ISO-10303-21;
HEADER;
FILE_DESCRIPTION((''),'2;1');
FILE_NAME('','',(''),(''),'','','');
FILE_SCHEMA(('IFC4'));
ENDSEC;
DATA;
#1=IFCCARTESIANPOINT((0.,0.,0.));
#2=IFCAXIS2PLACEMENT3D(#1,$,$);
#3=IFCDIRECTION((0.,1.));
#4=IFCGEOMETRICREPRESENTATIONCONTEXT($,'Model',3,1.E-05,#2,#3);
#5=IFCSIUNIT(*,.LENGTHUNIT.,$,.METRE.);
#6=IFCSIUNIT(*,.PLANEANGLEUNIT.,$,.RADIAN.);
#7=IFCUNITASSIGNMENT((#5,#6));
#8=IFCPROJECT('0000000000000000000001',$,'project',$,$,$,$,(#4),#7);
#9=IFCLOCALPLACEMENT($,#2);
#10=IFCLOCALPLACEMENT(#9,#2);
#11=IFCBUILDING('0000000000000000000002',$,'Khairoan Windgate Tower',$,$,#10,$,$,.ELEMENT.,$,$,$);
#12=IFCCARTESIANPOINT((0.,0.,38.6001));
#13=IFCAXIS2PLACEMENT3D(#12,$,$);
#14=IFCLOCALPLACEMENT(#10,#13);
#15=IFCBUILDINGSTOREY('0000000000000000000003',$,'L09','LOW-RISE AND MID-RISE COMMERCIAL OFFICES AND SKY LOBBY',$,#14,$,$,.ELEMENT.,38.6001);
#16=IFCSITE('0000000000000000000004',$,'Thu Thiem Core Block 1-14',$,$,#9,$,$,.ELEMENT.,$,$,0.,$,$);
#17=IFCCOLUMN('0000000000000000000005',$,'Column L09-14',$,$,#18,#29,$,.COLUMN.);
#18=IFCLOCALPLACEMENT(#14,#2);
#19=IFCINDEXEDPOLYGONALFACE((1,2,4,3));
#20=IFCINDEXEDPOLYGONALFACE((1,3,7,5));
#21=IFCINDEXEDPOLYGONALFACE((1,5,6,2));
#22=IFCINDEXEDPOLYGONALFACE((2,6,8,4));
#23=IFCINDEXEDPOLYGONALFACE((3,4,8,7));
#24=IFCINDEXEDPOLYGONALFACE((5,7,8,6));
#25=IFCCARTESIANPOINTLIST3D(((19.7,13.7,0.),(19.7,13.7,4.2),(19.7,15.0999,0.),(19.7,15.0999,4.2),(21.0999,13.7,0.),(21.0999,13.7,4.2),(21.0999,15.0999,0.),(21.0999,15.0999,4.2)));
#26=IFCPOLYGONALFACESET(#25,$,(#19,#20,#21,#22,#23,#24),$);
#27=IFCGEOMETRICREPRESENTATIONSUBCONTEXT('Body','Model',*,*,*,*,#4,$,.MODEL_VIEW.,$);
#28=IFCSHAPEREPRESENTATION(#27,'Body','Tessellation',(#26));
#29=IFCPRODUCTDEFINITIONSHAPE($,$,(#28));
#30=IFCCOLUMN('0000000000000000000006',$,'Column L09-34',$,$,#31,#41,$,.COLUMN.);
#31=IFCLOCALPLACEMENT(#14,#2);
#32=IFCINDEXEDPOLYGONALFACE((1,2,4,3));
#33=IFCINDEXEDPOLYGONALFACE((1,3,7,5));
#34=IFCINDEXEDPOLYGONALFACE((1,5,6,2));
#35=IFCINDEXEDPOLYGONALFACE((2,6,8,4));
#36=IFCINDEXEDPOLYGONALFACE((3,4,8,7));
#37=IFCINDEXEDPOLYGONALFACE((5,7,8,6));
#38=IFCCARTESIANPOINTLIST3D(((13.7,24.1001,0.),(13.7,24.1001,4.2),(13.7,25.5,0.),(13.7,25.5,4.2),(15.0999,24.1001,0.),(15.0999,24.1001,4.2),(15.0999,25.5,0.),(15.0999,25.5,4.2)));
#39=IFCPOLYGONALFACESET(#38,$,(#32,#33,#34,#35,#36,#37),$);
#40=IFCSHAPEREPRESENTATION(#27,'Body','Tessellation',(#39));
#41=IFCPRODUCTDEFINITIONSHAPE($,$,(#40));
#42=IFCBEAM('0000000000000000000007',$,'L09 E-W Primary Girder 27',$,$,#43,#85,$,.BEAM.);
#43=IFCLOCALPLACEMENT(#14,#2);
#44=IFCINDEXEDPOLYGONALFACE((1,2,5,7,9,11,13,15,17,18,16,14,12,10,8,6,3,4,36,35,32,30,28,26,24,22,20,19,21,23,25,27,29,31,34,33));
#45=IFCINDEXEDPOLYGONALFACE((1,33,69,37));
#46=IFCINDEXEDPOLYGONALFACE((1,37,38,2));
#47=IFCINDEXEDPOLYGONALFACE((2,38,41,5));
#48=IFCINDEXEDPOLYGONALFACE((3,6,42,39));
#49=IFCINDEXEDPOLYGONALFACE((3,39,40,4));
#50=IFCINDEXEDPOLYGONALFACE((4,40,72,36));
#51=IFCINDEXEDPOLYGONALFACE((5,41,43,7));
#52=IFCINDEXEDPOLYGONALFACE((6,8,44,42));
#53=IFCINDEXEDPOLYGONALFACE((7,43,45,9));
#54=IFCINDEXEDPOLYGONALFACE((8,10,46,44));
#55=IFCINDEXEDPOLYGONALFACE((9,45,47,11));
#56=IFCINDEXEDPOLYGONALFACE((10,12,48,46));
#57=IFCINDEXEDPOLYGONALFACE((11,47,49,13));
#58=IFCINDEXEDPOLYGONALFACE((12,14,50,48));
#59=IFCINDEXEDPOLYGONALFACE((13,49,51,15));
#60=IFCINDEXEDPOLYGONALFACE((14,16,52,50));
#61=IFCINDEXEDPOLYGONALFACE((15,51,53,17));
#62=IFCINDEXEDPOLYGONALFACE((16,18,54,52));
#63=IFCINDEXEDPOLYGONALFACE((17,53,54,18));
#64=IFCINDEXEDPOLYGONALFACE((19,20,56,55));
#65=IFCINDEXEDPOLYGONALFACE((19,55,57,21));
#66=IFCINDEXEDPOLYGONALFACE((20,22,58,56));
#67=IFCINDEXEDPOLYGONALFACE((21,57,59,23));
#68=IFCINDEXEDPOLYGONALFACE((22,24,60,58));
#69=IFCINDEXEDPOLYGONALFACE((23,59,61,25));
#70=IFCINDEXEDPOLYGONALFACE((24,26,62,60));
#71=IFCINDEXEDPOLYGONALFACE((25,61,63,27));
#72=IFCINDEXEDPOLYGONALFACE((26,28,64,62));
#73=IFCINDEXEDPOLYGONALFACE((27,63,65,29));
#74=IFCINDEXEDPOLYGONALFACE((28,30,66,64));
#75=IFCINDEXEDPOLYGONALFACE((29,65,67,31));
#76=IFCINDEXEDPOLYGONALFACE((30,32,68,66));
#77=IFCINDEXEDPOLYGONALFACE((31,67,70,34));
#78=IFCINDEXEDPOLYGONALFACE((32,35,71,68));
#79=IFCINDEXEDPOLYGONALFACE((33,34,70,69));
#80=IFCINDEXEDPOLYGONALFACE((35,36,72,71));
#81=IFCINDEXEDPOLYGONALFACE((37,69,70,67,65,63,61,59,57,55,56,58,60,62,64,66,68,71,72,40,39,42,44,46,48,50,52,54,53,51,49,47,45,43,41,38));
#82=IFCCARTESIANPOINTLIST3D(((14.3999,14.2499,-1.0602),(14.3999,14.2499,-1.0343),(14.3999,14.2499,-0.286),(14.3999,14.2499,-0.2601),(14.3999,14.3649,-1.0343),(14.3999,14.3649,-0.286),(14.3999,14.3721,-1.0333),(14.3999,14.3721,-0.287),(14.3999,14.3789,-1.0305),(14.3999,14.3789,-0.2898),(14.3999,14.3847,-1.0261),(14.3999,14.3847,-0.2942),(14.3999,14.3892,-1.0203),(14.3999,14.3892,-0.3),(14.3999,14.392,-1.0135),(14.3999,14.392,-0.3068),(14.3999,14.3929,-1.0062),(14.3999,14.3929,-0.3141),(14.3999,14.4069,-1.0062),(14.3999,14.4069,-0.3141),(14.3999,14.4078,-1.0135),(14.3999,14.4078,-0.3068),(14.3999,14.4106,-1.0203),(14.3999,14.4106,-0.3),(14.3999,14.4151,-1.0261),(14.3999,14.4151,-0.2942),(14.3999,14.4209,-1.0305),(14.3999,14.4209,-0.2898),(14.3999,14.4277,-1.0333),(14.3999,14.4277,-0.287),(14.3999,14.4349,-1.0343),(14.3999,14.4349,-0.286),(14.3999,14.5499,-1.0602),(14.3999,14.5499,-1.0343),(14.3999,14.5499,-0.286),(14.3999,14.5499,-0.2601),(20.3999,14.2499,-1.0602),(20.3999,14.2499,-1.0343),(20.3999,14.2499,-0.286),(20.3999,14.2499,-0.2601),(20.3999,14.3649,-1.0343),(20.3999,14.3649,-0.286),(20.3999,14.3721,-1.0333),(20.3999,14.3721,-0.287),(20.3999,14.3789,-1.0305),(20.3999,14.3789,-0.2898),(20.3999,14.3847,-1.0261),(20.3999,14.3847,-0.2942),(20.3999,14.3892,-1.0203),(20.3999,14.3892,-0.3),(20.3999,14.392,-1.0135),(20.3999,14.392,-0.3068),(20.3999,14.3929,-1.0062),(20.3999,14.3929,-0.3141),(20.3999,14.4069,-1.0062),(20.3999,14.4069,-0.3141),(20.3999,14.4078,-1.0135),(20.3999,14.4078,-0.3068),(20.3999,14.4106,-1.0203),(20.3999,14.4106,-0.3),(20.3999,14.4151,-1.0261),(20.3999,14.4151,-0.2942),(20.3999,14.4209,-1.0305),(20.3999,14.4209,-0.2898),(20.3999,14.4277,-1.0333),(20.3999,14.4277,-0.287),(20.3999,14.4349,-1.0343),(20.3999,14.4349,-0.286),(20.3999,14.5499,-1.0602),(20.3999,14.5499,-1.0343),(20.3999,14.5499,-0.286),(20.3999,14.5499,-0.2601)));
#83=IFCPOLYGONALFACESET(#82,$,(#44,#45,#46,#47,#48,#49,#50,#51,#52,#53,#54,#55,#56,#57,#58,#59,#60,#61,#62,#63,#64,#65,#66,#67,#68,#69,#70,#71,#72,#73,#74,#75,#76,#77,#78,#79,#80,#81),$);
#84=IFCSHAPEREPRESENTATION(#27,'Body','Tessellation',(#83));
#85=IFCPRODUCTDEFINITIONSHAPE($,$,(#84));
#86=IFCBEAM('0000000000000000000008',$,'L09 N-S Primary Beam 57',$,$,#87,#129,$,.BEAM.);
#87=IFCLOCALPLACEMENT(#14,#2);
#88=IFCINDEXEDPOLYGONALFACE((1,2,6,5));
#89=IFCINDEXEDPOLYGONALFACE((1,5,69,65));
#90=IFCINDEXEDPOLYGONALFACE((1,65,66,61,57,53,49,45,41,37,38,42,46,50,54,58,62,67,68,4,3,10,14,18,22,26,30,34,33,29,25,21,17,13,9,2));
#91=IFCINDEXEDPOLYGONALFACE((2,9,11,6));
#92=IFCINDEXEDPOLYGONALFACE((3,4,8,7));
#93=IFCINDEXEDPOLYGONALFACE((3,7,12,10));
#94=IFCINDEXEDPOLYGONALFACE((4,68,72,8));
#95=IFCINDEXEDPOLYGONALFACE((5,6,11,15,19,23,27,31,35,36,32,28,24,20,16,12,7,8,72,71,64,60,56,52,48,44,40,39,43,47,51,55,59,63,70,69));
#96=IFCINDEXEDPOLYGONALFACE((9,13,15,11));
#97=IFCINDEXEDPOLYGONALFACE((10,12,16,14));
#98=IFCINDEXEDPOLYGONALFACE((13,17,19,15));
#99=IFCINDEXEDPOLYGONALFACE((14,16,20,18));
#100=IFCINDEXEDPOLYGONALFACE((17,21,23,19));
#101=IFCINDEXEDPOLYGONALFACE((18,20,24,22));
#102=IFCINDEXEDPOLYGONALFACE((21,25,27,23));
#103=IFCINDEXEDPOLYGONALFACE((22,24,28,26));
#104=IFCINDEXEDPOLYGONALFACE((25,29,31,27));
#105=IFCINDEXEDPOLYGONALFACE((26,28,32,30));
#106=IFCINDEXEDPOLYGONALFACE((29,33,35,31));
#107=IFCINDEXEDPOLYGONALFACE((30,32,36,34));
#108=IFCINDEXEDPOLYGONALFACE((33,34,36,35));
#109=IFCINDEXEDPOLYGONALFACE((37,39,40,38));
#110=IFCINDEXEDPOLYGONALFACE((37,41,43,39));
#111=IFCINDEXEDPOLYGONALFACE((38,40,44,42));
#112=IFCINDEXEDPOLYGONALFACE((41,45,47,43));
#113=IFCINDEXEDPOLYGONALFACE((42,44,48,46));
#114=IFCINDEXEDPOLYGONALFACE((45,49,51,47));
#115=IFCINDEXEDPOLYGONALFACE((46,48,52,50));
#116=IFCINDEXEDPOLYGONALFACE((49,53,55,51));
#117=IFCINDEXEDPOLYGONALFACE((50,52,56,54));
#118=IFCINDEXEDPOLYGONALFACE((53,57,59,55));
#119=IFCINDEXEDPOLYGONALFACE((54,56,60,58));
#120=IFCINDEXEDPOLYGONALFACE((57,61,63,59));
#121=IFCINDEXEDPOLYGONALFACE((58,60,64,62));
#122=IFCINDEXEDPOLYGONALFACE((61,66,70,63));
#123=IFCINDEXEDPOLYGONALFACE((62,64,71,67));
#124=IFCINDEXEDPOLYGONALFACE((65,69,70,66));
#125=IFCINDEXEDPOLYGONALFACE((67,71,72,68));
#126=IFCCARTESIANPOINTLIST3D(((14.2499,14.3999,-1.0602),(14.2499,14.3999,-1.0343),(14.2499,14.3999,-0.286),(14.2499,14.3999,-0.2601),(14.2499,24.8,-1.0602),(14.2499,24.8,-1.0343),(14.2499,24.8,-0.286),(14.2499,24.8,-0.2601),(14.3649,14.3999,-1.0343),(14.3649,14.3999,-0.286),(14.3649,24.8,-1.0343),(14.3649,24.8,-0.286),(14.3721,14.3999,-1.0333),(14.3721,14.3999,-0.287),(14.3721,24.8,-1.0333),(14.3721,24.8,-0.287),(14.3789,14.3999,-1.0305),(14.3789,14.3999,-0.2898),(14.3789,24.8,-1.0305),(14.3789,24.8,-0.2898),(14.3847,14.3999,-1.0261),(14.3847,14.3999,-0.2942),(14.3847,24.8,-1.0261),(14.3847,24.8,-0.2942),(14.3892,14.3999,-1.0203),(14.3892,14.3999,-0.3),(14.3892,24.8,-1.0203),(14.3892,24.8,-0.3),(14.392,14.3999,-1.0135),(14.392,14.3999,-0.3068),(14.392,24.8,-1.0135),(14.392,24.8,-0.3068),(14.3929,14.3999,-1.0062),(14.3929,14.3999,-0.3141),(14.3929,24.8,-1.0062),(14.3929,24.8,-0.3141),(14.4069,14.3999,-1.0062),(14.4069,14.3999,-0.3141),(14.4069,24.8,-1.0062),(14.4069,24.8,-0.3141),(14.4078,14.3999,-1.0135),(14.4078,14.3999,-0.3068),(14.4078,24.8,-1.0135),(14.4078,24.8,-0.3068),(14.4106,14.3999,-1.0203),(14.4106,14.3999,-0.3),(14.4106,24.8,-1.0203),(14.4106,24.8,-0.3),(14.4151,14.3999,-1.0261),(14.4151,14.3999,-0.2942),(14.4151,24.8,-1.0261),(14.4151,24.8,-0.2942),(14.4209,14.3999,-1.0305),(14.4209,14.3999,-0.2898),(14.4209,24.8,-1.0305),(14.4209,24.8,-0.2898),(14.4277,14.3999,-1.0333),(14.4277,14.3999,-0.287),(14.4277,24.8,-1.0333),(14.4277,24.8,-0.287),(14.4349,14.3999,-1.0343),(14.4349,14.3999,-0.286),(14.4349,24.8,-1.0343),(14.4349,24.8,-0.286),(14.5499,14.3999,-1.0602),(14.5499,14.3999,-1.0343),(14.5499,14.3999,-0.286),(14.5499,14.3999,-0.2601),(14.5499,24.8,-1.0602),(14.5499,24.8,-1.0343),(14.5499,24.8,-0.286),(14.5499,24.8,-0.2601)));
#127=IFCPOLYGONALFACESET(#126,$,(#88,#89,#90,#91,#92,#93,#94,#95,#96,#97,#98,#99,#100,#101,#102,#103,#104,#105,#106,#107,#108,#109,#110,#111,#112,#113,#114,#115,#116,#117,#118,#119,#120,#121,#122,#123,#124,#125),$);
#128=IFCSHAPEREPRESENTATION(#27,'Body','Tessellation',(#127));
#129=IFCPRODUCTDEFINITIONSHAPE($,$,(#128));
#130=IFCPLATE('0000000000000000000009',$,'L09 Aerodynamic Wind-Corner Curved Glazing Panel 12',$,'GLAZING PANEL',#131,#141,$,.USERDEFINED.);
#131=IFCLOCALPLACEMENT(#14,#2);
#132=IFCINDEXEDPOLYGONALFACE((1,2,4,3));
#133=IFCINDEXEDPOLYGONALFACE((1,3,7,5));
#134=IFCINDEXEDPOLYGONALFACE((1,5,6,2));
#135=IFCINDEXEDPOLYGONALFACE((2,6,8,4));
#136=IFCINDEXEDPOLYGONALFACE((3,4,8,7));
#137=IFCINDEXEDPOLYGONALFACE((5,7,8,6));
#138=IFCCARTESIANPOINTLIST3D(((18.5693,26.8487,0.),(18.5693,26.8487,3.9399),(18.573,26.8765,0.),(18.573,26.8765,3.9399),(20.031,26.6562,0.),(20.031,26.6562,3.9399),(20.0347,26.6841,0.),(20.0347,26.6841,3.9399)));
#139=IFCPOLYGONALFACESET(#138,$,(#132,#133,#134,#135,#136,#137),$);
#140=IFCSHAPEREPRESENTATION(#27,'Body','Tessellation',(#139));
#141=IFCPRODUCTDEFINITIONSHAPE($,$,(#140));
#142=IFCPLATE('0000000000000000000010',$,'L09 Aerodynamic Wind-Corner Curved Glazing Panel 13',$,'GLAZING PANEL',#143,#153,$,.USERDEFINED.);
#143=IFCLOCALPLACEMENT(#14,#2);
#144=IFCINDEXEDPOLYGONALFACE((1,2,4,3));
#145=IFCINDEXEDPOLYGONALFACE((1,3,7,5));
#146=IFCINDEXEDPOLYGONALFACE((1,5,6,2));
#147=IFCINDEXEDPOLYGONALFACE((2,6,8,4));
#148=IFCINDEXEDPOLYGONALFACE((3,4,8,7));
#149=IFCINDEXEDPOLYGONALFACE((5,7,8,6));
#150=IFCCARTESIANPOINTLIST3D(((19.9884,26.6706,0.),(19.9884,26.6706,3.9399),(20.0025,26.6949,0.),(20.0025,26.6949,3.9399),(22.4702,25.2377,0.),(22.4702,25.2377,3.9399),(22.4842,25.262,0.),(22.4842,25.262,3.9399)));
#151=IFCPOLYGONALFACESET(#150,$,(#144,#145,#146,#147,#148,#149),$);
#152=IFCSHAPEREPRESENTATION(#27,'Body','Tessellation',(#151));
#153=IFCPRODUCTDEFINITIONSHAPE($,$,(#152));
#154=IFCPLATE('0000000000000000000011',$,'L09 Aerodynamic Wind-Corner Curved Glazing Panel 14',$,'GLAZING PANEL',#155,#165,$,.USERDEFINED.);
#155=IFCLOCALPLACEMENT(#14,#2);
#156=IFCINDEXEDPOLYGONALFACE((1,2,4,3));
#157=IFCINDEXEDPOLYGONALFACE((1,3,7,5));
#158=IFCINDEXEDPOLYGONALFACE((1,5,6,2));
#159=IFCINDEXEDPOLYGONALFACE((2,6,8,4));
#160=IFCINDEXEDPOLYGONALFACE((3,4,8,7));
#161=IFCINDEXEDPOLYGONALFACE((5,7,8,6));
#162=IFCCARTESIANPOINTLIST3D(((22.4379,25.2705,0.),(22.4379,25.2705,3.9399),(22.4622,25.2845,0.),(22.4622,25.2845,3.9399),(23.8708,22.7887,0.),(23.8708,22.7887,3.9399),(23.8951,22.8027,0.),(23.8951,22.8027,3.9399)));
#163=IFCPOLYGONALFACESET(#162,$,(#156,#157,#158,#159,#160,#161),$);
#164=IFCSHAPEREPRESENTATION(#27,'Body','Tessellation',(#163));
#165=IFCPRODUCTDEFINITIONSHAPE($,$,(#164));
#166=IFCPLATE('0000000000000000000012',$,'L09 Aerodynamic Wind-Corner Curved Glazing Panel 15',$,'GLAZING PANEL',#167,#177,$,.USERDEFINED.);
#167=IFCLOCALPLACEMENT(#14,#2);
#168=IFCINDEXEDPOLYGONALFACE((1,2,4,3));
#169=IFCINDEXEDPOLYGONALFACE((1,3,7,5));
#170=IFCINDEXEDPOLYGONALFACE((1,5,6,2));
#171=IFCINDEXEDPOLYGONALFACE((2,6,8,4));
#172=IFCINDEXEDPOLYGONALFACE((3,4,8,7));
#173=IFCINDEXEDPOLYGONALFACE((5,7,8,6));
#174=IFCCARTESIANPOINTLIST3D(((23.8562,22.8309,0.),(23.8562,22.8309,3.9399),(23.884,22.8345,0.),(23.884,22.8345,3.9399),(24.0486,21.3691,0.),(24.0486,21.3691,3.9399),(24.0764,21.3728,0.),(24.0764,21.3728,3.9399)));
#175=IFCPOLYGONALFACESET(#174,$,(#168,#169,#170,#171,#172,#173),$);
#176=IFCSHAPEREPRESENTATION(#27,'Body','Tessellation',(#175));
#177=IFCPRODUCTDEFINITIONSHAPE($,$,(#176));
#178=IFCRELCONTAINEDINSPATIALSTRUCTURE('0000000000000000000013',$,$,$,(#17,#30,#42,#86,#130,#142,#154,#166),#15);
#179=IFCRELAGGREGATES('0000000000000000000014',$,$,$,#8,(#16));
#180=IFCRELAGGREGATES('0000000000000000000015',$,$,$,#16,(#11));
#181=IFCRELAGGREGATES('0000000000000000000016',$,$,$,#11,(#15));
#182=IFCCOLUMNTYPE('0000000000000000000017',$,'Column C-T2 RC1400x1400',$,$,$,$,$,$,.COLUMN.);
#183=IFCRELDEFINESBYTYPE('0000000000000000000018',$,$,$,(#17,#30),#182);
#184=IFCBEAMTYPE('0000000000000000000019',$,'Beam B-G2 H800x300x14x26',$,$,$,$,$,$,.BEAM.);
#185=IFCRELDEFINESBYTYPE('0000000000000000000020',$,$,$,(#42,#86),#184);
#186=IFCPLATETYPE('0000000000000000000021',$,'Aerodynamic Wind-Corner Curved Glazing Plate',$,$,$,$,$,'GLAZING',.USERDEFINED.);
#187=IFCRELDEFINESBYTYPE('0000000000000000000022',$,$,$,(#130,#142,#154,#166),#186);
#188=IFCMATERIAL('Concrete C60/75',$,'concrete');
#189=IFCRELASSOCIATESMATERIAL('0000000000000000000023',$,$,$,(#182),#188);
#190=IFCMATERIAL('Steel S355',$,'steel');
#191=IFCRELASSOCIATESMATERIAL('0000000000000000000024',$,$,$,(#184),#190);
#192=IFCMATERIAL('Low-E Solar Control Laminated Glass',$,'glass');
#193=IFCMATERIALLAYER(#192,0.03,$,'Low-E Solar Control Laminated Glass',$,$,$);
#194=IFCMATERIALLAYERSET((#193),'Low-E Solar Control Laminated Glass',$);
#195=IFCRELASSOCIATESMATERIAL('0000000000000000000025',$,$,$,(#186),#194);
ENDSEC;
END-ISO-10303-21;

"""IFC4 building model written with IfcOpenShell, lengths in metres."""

from ifc_helpers import new_model, si_unit, direction, frame, origin, origin_2d, place, context, subcontext, project, spatial, rectangle, i_section, extrude, material, layer, layer_set, material_profile, profile_set, type_object, element, save


model = new_model("IFC4")

# Units and contexts
model_context = context("Model", 3, precision=1e-05, world=origin(), true_north=direction((0.0, 1.0)))
body_context = subcontext(model_context, "Body", "Model", "MODEL_VIEW")
ifc_project = project(units=[si_unit("LENGTHUNIT", "METRE"), si_unit("PLANEANGLEUNIT", "RADIAN")], contexts=[model_context])

# Site, building, storey
site_placement = place(None, origin())
site = spatial("IfcSite", under=ifc_project, at=site_placement, Name="Thu Thiem Core Block 1-14", CompositionType="ELEMENT", RefElevation=0.0)
building_placement = place(site_placement, origin())
building = spatial("IfcBuilding", under=site, at=building_placement, Name="Khairoan Windgate Tower", CompositionType="ELEMENT")
storey_placement = place(building_placement, frame((0.0, 0.0, 38.6001)))
storey = spatial("IfcBuildingStorey", under=building, at=storey_placement, Name="L09", Description="LOW-RISE AND MID-RISE COMMERCIAL OFFICES AND SKY LOBBY", CompositionType="ELEMENT", Elevation=38.6001)

# Columns
ifc_material_1 = material(Name="Concrete C60/75", Category="concrete")
ifc_material_profile_1 = material_profile(ifc_material_1, rectangle(XDim=1.3999, YDim=1.3999, at=origin_2d()))
ifc_profile_set_1 = profile_set([ifc_material_profile_1], Name="Concrete C60/75")
column_type = type_object("IfcColumnType", Name="Column C-T2 RC1400x1400", PredefinedType="COLUMN", material=ifc_profile_set_1)
for number, where, z_axis, x_axis, name in (
    (1, (20.3999, 14.3999, 0.0), (0.0, 0.0, 1.0), (1.0, 0.0, 0.0), "Column L09-14"),
    (2, (14.3999, 24.8, 0.0), (0.0, 0.0, 1.0), (1.0, 0.0, 0.0), "Column L09-34"),
):
    element("IfcColumn", number, at=place(storey_placement, frame(where, z_axis=z_axis, x_axis=x_axis)), inside=storey, type_object=column_type, Name=name, PredefinedType="COLUMN", context=body_context, shape_type="SweptSolid", body=[
        extrude(rectangle(XDim=1.3999, YDim=1.3999, at=origin_2d()), origin(), (0.0, 0.0, 1.0), 4.2),
    ])

# Beams
ifc_material_2 = material(Name="Steel S355", Category="steel")
ifc_material_profile_2 = material_profile(ifc_material_2, i_section(OverallWidth=0.3, OverallDepth=0.8, WebThickness=0.0139, FlangeThickness=0.0259, FilletRadius=0.0281, at=origin_2d()))
ifc_profile_set_2 = profile_set([ifc_material_profile_2], Name="Steel S355")
beam_type = type_object("IfcBeamType", Name="Beam B-G2 H800x300x14x26", PredefinedType="BEAM", material=ifc_profile_set_2)
beam_1_placement = place(storey_placement, frame((14.3999, 14.3999, -0.6602), z_axis=(1.0, 0.0, 0.0), x_axis=(0.0, 1.0, 0.0)))
element("IfcBeam", 3, at=beam_1_placement, inside=storey, type_object=beam_type, Name="L09 E-W Primary Girder 27", PredefinedType="BEAM", context=body_context, shape_type="SweptSolid", body=[
    extrude(i_section(OverallWidth=0.3, OverallDepth=0.8, WebThickness=0.0139, FlangeThickness=0.0259, FilletRadius=0.0281, at=origin_2d()), origin(), (0.0, 0.0, 1.0), 6.0),
])
beam_2_placement = place(storey_placement, frame((14.3999, 14.3999, -0.6602), z_axis=(0.0, 1.0, 0.0), x_axis=(-1.0, 0.0, 0.0)))
element("IfcBeam", 4, at=beam_2_placement, inside=storey, type_object=beam_type, Name="L09 N-S Primary Beam 57", PredefinedType="BEAM", context=body_context, shape_type="SweptSolid", body=[
    extrude(i_section(OverallWidth=0.3, OverallDepth=0.8, WebThickness=0.0139, FlangeThickness=0.0259, FilletRadius=0.0281, at=origin_2d()), origin(), (0.0, 0.0, 1.0), 10.4001),
])

# Plates
ifc_material_3 = material(Name="Low-E Solar Control Laminated Glass", Category="glass")
ifc_layer_1 = layer(ifc_material_3, 0.03, Name="Low-E Solar Control Laminated Glass")
ifc_layer_set_1 = layer_set([ifc_layer_1], Name="Low-E Solar Control Laminated Glass")
plate_type_1 = type_object("IfcPlateType", Name="Aerodynamic Wind-Corner Curved Glazing Plate", ElementType="GLAZING", PredefinedType="USERDEFINED", material=ifc_layer_set_1)
plate_1_placement = place(storey_placement, frame((19.302, 26.7664, 0.0), z_axis=(0.0, 0.0, 1.0), x_axis=(0.991445, -0.130526, 0.0)))
element("IfcPlate", 5, at=plate_1_placement, inside=storey, type_object=plate_type_1, Name="L09 Aerodynamic Wind-Corner Curved Glazing Panel 12", ObjectType="GLAZING PANEL", PredefinedType="USERDEFINED", context=body_context, shape_type="SweptSolid", body=[
    extrude(rectangle(XDim=1.4744, YDim=0.0281, at=origin_2d()), origin(), (0.0, 0.0, 1.0), 3.9399),
])
for number, where, z_axis, x_axis, name in (
    (6, (21.2363, 25.9663, 0.0), (0.0, 0.0, 1.0), (0.866025, -0.5, 0.0), "L09 Aerodynamic Wind-Corner Curved Glazing Panel 13"),
    (7, (23.1665, 24.0366, 0.0), (0.0, 0.0, 1.0), (0.5, -0.866025, 0.0), "L09 Aerodynamic Wind-Corner Curved Glazing Panel 14"),
):
    element("IfcPlate", number, at=place(storey_placement, frame(where, z_axis=z_axis, x_axis=x_axis)), inside=storey, type_object=plate_type_1, Name=name, ObjectType="GLAZING PANEL", PredefinedType="USERDEFINED", context=body_context, shape_type="SweptSolid", body=[
        extrude(rectangle(XDim=2.8657, YDim=0.0281, at=origin_2d()), origin(), (0.0, 0.0, 1.0), 3.9399),
    ])
plate_2_placement = place(storey_placement, frame((23.9663, 22.1018, 0.0), z_axis=(0.0, 0.0, 1.0), x_axis=(0.130526, -0.991445, 0.0)))
element("IfcPlate", 8, at=plate_2_placement, inside=storey, type_object=plate_type_1, Name="L09 Aerodynamic Wind-Corner Curved Glazing Panel 15", ObjectType="GLAZING PANEL", PredefinedType="USERDEFINED", context=body_context, shape_type="SweptSolid", body=[
    extrude(rectangle(XDim=1.4744, YDim=0.0281, at=origin_2d()), origin(), (0.0, 0.0, 1.0), 3.9399),
])

save(model, "model.ifc")
